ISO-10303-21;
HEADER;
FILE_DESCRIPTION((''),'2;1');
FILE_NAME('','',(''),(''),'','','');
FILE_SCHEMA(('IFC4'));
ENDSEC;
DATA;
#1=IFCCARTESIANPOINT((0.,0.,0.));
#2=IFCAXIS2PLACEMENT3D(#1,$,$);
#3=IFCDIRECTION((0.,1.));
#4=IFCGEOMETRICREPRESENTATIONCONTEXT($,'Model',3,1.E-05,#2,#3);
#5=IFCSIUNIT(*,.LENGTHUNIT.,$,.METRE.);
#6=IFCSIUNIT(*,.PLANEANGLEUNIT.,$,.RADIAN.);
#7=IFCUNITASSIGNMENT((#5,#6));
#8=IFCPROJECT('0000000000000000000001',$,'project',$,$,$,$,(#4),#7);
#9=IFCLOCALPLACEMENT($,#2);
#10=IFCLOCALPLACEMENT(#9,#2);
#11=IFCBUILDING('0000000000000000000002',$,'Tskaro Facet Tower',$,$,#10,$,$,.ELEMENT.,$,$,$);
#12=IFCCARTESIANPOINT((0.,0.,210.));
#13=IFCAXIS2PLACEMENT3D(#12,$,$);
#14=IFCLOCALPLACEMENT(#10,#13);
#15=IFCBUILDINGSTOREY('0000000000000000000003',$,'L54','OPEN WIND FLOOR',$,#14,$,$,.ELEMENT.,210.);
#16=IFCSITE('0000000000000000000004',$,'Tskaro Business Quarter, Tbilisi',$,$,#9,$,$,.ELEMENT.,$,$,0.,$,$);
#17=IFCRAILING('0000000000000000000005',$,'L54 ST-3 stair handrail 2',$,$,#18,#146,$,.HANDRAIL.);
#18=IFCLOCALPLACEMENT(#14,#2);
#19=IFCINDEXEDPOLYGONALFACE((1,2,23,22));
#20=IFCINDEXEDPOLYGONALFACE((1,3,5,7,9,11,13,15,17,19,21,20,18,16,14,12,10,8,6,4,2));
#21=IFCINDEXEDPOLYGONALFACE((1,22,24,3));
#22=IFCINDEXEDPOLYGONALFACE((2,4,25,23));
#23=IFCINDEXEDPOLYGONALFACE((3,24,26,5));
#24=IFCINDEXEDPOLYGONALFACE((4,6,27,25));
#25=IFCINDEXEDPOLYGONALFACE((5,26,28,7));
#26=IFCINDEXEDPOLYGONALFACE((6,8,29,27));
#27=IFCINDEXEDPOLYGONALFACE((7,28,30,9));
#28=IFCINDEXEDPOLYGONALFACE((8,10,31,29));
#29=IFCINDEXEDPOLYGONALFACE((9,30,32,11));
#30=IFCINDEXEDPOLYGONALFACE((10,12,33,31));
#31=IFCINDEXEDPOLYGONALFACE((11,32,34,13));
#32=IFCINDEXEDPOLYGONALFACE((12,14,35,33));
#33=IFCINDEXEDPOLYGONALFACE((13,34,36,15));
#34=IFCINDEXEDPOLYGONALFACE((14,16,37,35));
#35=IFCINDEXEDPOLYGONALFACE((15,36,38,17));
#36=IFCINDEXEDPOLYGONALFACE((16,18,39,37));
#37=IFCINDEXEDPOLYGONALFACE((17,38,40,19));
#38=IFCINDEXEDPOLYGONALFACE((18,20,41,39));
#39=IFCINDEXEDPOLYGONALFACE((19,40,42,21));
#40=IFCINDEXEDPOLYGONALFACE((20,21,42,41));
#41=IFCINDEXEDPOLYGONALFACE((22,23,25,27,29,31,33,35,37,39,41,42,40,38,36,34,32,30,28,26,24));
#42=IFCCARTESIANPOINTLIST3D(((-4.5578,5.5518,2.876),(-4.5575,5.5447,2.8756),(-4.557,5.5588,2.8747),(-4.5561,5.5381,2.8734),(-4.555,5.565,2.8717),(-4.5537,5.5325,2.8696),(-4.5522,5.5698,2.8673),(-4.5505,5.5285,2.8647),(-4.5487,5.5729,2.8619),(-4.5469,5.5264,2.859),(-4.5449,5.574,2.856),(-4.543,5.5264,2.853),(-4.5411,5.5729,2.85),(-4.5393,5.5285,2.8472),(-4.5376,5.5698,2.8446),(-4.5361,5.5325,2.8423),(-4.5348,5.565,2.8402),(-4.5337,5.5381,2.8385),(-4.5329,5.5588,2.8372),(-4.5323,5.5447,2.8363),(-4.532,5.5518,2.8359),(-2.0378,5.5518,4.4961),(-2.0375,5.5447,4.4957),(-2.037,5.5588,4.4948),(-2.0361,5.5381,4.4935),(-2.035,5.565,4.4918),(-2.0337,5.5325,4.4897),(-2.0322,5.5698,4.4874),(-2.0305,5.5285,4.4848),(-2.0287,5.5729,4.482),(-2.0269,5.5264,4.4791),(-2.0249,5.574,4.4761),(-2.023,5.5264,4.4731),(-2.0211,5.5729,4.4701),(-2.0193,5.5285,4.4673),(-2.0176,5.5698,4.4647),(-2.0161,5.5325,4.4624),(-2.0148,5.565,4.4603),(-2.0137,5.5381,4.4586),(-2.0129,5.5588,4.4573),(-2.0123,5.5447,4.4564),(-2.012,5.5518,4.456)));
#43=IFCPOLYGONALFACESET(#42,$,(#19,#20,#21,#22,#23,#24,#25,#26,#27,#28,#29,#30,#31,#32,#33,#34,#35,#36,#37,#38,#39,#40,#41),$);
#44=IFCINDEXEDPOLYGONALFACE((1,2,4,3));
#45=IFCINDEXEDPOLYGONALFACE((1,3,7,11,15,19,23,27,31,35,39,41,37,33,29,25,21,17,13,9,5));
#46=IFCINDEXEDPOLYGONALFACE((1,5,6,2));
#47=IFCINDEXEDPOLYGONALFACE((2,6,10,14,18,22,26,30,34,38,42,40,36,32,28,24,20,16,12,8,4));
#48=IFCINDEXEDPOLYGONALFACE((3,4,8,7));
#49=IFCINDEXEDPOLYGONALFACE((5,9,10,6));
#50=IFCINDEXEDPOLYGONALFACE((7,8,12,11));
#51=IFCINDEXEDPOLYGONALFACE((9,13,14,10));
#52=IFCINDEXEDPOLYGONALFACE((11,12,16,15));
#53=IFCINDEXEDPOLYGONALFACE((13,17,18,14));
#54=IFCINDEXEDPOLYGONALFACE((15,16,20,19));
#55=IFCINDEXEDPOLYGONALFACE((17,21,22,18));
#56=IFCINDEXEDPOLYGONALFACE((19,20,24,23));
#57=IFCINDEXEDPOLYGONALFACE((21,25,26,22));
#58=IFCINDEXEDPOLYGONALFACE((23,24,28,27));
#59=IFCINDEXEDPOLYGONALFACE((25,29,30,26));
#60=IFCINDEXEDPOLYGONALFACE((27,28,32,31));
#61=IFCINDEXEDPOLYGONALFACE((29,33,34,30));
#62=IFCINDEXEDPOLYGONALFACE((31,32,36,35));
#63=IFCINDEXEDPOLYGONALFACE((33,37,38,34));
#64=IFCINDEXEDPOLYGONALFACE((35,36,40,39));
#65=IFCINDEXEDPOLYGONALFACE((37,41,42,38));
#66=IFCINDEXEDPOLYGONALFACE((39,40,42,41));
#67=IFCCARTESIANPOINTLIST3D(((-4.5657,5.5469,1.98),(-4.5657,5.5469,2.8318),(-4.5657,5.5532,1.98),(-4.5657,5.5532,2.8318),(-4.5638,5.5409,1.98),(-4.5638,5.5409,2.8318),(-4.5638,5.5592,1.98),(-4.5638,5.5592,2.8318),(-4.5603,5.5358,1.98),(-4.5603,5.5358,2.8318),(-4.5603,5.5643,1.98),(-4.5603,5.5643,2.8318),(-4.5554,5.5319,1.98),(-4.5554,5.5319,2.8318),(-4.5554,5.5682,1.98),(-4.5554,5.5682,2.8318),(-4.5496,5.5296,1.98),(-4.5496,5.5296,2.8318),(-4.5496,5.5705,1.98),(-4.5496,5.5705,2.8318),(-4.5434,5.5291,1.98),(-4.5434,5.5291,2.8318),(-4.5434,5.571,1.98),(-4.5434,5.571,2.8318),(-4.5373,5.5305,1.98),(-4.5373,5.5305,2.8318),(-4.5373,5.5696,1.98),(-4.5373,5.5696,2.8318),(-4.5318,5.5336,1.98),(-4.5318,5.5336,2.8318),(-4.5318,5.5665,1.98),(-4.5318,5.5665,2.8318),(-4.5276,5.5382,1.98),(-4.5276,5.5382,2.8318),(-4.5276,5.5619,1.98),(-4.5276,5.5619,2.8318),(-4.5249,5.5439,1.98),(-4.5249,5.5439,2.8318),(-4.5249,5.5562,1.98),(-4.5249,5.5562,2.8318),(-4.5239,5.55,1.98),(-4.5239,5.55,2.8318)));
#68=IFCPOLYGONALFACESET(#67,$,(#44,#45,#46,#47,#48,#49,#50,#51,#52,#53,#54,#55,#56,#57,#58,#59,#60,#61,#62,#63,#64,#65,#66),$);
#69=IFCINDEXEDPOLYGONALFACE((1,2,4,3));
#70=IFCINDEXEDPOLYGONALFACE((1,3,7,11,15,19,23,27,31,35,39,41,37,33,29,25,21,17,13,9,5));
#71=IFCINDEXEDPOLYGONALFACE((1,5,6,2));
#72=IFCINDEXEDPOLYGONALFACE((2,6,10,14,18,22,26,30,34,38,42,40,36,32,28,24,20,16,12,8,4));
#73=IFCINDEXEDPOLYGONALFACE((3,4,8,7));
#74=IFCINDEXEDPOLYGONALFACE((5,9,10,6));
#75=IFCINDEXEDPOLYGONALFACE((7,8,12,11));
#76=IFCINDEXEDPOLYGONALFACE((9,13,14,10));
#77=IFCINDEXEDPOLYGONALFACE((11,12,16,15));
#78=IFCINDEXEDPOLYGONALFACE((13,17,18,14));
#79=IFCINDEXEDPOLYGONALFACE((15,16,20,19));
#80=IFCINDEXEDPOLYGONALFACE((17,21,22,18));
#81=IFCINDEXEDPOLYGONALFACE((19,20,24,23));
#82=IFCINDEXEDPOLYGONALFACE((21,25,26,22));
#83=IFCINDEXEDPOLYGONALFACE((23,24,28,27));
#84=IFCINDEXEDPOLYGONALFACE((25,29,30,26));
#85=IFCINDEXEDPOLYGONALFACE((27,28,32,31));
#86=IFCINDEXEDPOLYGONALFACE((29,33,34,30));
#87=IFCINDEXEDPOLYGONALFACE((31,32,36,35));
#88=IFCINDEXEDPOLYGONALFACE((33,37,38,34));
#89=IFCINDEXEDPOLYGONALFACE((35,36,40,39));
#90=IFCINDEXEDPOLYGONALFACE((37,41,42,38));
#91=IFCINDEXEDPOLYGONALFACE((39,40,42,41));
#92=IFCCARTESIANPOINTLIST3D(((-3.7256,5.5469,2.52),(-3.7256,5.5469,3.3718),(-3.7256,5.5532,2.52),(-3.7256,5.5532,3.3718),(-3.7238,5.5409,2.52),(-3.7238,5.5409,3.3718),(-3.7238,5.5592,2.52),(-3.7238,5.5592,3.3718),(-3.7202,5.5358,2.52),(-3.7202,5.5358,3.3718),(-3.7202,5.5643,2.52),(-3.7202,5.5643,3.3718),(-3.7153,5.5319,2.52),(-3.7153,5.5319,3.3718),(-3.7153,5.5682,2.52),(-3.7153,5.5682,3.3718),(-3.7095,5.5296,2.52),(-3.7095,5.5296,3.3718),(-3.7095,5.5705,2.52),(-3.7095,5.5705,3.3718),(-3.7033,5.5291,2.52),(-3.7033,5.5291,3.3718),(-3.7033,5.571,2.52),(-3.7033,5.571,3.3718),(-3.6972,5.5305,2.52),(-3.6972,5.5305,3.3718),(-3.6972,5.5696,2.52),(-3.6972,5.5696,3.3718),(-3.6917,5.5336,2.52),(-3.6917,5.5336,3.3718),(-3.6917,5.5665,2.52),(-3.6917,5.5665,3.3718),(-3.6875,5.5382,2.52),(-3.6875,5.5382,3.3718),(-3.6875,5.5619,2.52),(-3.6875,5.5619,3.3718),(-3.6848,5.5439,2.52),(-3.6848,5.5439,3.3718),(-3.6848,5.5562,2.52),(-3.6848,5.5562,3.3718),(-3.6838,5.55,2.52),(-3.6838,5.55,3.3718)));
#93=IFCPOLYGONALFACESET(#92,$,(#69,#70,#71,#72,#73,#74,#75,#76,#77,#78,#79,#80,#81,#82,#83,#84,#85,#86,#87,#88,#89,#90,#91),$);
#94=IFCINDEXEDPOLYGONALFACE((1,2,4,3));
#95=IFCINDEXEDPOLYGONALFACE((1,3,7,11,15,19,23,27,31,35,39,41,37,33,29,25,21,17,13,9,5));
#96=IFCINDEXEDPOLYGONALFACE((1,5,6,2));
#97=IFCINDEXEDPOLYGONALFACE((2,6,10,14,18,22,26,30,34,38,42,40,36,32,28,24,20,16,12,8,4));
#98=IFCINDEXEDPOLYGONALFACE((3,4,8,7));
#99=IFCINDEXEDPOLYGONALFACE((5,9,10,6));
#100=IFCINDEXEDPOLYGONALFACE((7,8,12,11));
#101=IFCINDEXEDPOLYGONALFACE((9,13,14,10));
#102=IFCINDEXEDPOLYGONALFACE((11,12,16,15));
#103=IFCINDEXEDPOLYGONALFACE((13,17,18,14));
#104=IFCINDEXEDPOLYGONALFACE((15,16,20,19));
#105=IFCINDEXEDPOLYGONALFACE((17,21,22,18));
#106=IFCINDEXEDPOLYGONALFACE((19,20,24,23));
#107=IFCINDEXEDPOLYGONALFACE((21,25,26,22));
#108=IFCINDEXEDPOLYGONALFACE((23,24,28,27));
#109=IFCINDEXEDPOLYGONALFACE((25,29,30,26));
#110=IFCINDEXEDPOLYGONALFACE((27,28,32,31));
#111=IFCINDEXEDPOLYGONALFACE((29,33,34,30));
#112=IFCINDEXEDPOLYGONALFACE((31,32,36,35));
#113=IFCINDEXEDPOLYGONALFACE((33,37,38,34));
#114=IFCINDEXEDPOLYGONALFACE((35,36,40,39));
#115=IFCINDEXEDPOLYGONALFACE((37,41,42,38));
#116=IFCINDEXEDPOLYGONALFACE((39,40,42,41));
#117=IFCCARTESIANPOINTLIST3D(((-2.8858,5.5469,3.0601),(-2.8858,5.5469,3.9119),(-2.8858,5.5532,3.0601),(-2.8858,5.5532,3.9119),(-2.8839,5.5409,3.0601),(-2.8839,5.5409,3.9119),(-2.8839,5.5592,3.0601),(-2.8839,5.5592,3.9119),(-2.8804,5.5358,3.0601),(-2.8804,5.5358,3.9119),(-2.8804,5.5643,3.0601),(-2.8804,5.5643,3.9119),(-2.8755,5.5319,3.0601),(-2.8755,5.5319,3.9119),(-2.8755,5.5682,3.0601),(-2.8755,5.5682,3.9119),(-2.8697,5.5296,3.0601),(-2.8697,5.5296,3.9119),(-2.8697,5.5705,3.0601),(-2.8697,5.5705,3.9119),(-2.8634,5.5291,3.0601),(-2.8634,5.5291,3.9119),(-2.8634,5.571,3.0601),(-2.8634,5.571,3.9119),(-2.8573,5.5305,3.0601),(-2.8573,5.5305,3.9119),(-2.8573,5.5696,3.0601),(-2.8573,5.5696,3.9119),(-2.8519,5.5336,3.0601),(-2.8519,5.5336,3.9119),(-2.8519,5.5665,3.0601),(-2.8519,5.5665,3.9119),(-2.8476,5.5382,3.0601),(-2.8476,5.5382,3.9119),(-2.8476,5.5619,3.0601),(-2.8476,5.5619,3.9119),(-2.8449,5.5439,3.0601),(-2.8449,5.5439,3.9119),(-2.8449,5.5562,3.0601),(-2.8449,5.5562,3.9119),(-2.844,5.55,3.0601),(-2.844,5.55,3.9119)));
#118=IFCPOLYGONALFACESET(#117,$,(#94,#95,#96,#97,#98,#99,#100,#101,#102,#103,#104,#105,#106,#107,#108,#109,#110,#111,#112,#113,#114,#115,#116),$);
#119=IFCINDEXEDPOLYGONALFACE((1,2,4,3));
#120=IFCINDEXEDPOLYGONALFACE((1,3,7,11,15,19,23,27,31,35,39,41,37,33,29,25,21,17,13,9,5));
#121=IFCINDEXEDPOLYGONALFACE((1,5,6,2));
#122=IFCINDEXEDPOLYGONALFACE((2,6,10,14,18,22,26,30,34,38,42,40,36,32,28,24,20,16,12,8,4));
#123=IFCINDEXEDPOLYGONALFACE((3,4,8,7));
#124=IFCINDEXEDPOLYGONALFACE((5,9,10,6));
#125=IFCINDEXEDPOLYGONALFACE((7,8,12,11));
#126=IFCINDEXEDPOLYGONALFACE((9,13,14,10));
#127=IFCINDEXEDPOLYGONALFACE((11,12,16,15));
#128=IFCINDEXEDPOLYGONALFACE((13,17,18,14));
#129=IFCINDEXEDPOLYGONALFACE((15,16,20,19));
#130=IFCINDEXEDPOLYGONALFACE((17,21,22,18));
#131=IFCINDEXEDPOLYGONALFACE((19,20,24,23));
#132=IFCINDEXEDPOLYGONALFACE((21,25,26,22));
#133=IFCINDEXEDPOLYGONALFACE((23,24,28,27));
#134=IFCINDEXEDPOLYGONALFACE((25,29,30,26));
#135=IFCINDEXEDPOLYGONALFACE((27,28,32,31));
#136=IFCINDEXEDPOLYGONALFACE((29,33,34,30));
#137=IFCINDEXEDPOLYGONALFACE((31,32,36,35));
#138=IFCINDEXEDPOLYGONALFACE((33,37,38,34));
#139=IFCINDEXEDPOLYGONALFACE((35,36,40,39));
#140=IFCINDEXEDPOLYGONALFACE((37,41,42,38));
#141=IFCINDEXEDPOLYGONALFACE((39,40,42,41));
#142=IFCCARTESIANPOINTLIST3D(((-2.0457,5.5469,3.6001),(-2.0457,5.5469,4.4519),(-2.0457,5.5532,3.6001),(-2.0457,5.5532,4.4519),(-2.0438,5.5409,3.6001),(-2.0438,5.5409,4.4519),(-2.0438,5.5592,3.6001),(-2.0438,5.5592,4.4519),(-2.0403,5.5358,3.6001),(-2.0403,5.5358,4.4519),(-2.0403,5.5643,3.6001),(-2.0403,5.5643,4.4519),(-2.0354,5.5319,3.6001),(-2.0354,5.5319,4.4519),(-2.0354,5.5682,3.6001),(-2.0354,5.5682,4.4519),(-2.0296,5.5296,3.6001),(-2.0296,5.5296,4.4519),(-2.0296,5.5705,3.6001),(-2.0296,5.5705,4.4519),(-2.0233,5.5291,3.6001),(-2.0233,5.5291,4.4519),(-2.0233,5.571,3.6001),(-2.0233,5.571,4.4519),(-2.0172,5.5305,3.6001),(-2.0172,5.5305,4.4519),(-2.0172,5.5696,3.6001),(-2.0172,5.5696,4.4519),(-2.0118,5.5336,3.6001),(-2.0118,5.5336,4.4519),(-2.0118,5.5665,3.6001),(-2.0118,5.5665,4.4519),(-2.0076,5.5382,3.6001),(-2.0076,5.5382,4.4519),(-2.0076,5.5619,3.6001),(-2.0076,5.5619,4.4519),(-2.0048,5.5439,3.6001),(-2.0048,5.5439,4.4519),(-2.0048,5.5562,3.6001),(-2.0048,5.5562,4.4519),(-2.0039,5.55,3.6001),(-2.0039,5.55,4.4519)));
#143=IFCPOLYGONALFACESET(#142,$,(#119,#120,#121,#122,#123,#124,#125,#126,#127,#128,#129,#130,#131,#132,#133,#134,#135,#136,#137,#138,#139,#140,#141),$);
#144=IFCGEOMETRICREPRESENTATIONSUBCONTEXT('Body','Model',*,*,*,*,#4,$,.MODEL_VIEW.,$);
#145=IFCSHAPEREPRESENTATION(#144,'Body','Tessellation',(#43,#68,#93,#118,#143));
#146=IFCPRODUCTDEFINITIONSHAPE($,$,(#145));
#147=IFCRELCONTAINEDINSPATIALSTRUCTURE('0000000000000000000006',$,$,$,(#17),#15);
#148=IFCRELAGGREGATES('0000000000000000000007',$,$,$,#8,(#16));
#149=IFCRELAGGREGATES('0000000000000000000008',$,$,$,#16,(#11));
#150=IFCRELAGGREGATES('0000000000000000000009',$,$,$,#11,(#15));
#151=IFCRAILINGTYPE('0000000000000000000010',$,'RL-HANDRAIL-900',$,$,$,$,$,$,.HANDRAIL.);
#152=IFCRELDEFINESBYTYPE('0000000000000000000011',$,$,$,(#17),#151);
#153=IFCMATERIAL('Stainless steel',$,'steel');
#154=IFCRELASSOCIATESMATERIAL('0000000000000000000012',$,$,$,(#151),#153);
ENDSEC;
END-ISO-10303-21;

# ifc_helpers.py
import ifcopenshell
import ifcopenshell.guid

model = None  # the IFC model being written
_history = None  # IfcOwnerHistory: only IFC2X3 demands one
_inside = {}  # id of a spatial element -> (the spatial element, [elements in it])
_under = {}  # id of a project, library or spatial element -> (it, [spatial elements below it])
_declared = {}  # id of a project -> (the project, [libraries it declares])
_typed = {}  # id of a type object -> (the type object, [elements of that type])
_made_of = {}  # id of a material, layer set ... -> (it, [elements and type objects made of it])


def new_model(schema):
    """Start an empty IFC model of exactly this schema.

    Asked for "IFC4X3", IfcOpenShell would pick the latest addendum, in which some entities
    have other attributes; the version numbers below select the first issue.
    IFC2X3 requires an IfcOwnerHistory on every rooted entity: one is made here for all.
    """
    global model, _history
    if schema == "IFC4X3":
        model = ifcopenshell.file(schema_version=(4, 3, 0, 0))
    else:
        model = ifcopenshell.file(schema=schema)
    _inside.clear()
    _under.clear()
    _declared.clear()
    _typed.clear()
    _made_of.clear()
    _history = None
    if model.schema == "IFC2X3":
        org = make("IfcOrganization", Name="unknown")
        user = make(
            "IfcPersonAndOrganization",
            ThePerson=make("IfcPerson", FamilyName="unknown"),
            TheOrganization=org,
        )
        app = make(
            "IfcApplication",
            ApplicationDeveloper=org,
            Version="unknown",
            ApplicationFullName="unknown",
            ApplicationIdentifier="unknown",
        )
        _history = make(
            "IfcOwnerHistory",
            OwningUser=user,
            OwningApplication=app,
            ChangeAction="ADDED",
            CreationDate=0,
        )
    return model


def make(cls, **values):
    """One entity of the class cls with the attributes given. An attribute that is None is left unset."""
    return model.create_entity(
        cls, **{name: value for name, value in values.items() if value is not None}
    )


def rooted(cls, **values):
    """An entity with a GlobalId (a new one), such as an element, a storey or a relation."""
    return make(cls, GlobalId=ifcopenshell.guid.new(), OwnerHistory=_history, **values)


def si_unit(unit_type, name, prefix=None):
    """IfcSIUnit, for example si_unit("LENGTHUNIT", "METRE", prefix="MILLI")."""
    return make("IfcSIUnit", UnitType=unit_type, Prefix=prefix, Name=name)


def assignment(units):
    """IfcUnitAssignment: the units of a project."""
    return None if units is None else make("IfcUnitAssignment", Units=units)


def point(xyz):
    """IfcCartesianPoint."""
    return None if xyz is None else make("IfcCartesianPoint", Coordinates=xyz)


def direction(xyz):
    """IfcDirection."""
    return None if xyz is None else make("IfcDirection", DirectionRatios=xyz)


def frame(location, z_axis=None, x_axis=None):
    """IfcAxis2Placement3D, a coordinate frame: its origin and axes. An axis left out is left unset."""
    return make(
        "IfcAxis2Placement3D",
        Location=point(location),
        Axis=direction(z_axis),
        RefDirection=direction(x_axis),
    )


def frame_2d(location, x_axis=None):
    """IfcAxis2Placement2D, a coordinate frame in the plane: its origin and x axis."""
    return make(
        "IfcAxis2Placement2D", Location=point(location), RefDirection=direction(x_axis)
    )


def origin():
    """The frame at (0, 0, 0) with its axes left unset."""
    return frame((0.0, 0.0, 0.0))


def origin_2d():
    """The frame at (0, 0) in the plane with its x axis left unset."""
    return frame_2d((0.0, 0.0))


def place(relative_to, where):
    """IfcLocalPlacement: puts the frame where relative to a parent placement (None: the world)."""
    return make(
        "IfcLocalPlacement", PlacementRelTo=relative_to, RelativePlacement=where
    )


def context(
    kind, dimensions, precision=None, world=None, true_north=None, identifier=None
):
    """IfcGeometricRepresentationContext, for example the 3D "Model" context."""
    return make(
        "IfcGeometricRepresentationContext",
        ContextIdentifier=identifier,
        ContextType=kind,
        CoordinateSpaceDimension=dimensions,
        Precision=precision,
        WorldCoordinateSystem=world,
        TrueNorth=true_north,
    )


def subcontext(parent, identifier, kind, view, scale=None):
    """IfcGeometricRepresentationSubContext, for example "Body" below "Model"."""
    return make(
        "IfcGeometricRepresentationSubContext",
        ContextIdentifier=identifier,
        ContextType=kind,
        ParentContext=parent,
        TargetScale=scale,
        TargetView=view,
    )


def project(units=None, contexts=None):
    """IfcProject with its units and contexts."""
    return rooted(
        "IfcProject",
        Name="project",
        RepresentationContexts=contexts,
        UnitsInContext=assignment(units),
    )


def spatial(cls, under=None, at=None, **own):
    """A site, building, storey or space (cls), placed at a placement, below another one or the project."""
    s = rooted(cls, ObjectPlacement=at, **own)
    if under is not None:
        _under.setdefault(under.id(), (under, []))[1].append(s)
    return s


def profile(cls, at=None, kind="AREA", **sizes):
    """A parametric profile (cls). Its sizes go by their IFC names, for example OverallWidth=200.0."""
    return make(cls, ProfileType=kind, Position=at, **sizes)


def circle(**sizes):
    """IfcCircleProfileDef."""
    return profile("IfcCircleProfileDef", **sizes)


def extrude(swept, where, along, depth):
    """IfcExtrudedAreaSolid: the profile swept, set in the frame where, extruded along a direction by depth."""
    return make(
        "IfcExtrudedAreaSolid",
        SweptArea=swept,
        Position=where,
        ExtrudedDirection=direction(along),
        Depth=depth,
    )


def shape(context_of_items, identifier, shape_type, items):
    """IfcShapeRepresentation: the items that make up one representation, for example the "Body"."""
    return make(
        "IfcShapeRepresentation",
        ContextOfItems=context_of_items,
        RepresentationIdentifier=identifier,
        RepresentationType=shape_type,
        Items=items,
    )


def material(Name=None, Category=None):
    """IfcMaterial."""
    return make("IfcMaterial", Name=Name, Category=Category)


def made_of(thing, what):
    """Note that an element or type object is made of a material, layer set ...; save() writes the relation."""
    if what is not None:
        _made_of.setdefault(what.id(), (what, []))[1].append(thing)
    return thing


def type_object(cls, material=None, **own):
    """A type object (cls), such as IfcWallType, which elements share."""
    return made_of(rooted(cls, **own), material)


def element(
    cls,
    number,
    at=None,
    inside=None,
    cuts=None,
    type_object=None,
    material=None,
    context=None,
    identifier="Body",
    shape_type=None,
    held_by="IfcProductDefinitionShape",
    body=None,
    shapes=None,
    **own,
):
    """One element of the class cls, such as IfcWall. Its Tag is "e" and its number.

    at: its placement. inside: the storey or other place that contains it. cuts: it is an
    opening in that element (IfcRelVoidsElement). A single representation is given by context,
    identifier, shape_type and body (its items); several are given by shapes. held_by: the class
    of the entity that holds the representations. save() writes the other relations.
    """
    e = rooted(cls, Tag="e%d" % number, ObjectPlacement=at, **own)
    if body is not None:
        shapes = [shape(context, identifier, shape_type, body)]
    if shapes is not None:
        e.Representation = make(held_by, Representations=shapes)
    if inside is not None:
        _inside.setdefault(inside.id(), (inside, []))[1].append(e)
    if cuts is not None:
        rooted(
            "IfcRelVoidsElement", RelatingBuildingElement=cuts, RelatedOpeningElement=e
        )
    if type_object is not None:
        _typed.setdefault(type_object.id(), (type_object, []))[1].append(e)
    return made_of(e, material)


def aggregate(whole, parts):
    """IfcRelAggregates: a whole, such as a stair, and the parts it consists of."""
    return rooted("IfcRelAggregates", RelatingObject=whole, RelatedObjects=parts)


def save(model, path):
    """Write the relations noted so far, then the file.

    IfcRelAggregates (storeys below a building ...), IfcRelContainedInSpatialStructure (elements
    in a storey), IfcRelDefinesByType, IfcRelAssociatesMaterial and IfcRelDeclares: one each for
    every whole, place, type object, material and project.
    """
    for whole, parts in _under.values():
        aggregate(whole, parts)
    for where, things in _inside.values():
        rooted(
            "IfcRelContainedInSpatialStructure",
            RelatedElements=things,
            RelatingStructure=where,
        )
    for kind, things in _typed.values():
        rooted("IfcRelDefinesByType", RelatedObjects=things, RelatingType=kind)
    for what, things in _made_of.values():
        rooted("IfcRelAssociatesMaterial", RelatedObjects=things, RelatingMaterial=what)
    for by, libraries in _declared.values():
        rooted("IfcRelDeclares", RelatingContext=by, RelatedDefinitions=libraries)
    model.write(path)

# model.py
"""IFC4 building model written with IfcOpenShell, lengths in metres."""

from ifc_helpers import new_model, si_unit, direction, frame, origin, origin_2d, place, context, subcontext, project, spatial, circle, extrude, material, type_object, element, save


model = new_model("IFC4")

# Units and contexts
model_context = context("Model", 3, precision=1e-05, world=origin(), true_north=direction((0.0, 1.0)))
body_context = subcontext(model_context, "Body", "Model", "MODEL_VIEW")
ifc_project = project(units=[si_unit("LENGTHUNIT", "METRE"), si_unit("PLANEANGLEUNIT", "RADIAN")], contexts=[model_context])

# Site, building, storey
site_placement = place(None, origin())
site = spatial("IfcSite", under=ifc_project, at=site_placement, Name="Tskaro Business Quarter, Tbilisi", CompositionType="ELEMENT", RefElevation=0.0)
building_placement = place(site_placement, origin())
building = spatial("IfcBuilding", under=site, at=building_placement, Name="Tskaro Facet Tower", CompositionType="ELEMENT")
storey_placement = place(building_placement, frame((0.0, 0.0, 210.0)))
storey = spatial("IfcBuildingStorey", under=building, at=storey_placement, Name="L54", Description="OPEN WIND FLOOR", CompositionType="ELEMENT", Elevation=210.0)

# Railing
ifc_material_1 = material(Name="Stainless steel", Category="steel")
railing_type_1 = type_object("IfcRailingType", Name="RL-HANDRAIL-900", PredefinedType="HANDRAIL", material=ifc_material_1)
railing_1_placement = place(storey_placement, frame((-4.5449, 5.55, 1.98)))
element("IfcRailing", 1, at=railing_1_placement, inside=storey, type_object=railing_type_1, Name="L54 ST-3 stair handrail 2", PredefinedType="HANDRAIL", context=body_context, shape_type="SweptSolid", body=[
    extrude(circle(Radius=0.0239, at=origin_2d()), frame((0.0, 0.0, 0.876), z_axis=(0.841163, 0.0, 0.540782), x_axis=(0.0, 1.0, 0.0)), (0.0, 0.0, 1.0), 2.9958),
    extrude(circle(Radius=0.021, at=origin_2d()), origin(), (0.0, 0.0, 1.0), 0.8518),
    extrude(circle(Radius=0.021, at=origin_2d()), frame((0.8401, 0.0, 0.54)), (0.0, 0.0, 1.0), 0.8518),
    extrude(circle(Radius=0.021, at=origin_2d()), frame((1.6799, 0.0, 1.0801)), (0.0, 0.0, 1.0), 0.8518),
    extrude(circle(Radius=0.021, at=origin_2d()), frame((2.52, 0.0, 1.6201)), (0.0, 0.0, 1.0), 0.8518),
])

save(model, "model.ifc")
